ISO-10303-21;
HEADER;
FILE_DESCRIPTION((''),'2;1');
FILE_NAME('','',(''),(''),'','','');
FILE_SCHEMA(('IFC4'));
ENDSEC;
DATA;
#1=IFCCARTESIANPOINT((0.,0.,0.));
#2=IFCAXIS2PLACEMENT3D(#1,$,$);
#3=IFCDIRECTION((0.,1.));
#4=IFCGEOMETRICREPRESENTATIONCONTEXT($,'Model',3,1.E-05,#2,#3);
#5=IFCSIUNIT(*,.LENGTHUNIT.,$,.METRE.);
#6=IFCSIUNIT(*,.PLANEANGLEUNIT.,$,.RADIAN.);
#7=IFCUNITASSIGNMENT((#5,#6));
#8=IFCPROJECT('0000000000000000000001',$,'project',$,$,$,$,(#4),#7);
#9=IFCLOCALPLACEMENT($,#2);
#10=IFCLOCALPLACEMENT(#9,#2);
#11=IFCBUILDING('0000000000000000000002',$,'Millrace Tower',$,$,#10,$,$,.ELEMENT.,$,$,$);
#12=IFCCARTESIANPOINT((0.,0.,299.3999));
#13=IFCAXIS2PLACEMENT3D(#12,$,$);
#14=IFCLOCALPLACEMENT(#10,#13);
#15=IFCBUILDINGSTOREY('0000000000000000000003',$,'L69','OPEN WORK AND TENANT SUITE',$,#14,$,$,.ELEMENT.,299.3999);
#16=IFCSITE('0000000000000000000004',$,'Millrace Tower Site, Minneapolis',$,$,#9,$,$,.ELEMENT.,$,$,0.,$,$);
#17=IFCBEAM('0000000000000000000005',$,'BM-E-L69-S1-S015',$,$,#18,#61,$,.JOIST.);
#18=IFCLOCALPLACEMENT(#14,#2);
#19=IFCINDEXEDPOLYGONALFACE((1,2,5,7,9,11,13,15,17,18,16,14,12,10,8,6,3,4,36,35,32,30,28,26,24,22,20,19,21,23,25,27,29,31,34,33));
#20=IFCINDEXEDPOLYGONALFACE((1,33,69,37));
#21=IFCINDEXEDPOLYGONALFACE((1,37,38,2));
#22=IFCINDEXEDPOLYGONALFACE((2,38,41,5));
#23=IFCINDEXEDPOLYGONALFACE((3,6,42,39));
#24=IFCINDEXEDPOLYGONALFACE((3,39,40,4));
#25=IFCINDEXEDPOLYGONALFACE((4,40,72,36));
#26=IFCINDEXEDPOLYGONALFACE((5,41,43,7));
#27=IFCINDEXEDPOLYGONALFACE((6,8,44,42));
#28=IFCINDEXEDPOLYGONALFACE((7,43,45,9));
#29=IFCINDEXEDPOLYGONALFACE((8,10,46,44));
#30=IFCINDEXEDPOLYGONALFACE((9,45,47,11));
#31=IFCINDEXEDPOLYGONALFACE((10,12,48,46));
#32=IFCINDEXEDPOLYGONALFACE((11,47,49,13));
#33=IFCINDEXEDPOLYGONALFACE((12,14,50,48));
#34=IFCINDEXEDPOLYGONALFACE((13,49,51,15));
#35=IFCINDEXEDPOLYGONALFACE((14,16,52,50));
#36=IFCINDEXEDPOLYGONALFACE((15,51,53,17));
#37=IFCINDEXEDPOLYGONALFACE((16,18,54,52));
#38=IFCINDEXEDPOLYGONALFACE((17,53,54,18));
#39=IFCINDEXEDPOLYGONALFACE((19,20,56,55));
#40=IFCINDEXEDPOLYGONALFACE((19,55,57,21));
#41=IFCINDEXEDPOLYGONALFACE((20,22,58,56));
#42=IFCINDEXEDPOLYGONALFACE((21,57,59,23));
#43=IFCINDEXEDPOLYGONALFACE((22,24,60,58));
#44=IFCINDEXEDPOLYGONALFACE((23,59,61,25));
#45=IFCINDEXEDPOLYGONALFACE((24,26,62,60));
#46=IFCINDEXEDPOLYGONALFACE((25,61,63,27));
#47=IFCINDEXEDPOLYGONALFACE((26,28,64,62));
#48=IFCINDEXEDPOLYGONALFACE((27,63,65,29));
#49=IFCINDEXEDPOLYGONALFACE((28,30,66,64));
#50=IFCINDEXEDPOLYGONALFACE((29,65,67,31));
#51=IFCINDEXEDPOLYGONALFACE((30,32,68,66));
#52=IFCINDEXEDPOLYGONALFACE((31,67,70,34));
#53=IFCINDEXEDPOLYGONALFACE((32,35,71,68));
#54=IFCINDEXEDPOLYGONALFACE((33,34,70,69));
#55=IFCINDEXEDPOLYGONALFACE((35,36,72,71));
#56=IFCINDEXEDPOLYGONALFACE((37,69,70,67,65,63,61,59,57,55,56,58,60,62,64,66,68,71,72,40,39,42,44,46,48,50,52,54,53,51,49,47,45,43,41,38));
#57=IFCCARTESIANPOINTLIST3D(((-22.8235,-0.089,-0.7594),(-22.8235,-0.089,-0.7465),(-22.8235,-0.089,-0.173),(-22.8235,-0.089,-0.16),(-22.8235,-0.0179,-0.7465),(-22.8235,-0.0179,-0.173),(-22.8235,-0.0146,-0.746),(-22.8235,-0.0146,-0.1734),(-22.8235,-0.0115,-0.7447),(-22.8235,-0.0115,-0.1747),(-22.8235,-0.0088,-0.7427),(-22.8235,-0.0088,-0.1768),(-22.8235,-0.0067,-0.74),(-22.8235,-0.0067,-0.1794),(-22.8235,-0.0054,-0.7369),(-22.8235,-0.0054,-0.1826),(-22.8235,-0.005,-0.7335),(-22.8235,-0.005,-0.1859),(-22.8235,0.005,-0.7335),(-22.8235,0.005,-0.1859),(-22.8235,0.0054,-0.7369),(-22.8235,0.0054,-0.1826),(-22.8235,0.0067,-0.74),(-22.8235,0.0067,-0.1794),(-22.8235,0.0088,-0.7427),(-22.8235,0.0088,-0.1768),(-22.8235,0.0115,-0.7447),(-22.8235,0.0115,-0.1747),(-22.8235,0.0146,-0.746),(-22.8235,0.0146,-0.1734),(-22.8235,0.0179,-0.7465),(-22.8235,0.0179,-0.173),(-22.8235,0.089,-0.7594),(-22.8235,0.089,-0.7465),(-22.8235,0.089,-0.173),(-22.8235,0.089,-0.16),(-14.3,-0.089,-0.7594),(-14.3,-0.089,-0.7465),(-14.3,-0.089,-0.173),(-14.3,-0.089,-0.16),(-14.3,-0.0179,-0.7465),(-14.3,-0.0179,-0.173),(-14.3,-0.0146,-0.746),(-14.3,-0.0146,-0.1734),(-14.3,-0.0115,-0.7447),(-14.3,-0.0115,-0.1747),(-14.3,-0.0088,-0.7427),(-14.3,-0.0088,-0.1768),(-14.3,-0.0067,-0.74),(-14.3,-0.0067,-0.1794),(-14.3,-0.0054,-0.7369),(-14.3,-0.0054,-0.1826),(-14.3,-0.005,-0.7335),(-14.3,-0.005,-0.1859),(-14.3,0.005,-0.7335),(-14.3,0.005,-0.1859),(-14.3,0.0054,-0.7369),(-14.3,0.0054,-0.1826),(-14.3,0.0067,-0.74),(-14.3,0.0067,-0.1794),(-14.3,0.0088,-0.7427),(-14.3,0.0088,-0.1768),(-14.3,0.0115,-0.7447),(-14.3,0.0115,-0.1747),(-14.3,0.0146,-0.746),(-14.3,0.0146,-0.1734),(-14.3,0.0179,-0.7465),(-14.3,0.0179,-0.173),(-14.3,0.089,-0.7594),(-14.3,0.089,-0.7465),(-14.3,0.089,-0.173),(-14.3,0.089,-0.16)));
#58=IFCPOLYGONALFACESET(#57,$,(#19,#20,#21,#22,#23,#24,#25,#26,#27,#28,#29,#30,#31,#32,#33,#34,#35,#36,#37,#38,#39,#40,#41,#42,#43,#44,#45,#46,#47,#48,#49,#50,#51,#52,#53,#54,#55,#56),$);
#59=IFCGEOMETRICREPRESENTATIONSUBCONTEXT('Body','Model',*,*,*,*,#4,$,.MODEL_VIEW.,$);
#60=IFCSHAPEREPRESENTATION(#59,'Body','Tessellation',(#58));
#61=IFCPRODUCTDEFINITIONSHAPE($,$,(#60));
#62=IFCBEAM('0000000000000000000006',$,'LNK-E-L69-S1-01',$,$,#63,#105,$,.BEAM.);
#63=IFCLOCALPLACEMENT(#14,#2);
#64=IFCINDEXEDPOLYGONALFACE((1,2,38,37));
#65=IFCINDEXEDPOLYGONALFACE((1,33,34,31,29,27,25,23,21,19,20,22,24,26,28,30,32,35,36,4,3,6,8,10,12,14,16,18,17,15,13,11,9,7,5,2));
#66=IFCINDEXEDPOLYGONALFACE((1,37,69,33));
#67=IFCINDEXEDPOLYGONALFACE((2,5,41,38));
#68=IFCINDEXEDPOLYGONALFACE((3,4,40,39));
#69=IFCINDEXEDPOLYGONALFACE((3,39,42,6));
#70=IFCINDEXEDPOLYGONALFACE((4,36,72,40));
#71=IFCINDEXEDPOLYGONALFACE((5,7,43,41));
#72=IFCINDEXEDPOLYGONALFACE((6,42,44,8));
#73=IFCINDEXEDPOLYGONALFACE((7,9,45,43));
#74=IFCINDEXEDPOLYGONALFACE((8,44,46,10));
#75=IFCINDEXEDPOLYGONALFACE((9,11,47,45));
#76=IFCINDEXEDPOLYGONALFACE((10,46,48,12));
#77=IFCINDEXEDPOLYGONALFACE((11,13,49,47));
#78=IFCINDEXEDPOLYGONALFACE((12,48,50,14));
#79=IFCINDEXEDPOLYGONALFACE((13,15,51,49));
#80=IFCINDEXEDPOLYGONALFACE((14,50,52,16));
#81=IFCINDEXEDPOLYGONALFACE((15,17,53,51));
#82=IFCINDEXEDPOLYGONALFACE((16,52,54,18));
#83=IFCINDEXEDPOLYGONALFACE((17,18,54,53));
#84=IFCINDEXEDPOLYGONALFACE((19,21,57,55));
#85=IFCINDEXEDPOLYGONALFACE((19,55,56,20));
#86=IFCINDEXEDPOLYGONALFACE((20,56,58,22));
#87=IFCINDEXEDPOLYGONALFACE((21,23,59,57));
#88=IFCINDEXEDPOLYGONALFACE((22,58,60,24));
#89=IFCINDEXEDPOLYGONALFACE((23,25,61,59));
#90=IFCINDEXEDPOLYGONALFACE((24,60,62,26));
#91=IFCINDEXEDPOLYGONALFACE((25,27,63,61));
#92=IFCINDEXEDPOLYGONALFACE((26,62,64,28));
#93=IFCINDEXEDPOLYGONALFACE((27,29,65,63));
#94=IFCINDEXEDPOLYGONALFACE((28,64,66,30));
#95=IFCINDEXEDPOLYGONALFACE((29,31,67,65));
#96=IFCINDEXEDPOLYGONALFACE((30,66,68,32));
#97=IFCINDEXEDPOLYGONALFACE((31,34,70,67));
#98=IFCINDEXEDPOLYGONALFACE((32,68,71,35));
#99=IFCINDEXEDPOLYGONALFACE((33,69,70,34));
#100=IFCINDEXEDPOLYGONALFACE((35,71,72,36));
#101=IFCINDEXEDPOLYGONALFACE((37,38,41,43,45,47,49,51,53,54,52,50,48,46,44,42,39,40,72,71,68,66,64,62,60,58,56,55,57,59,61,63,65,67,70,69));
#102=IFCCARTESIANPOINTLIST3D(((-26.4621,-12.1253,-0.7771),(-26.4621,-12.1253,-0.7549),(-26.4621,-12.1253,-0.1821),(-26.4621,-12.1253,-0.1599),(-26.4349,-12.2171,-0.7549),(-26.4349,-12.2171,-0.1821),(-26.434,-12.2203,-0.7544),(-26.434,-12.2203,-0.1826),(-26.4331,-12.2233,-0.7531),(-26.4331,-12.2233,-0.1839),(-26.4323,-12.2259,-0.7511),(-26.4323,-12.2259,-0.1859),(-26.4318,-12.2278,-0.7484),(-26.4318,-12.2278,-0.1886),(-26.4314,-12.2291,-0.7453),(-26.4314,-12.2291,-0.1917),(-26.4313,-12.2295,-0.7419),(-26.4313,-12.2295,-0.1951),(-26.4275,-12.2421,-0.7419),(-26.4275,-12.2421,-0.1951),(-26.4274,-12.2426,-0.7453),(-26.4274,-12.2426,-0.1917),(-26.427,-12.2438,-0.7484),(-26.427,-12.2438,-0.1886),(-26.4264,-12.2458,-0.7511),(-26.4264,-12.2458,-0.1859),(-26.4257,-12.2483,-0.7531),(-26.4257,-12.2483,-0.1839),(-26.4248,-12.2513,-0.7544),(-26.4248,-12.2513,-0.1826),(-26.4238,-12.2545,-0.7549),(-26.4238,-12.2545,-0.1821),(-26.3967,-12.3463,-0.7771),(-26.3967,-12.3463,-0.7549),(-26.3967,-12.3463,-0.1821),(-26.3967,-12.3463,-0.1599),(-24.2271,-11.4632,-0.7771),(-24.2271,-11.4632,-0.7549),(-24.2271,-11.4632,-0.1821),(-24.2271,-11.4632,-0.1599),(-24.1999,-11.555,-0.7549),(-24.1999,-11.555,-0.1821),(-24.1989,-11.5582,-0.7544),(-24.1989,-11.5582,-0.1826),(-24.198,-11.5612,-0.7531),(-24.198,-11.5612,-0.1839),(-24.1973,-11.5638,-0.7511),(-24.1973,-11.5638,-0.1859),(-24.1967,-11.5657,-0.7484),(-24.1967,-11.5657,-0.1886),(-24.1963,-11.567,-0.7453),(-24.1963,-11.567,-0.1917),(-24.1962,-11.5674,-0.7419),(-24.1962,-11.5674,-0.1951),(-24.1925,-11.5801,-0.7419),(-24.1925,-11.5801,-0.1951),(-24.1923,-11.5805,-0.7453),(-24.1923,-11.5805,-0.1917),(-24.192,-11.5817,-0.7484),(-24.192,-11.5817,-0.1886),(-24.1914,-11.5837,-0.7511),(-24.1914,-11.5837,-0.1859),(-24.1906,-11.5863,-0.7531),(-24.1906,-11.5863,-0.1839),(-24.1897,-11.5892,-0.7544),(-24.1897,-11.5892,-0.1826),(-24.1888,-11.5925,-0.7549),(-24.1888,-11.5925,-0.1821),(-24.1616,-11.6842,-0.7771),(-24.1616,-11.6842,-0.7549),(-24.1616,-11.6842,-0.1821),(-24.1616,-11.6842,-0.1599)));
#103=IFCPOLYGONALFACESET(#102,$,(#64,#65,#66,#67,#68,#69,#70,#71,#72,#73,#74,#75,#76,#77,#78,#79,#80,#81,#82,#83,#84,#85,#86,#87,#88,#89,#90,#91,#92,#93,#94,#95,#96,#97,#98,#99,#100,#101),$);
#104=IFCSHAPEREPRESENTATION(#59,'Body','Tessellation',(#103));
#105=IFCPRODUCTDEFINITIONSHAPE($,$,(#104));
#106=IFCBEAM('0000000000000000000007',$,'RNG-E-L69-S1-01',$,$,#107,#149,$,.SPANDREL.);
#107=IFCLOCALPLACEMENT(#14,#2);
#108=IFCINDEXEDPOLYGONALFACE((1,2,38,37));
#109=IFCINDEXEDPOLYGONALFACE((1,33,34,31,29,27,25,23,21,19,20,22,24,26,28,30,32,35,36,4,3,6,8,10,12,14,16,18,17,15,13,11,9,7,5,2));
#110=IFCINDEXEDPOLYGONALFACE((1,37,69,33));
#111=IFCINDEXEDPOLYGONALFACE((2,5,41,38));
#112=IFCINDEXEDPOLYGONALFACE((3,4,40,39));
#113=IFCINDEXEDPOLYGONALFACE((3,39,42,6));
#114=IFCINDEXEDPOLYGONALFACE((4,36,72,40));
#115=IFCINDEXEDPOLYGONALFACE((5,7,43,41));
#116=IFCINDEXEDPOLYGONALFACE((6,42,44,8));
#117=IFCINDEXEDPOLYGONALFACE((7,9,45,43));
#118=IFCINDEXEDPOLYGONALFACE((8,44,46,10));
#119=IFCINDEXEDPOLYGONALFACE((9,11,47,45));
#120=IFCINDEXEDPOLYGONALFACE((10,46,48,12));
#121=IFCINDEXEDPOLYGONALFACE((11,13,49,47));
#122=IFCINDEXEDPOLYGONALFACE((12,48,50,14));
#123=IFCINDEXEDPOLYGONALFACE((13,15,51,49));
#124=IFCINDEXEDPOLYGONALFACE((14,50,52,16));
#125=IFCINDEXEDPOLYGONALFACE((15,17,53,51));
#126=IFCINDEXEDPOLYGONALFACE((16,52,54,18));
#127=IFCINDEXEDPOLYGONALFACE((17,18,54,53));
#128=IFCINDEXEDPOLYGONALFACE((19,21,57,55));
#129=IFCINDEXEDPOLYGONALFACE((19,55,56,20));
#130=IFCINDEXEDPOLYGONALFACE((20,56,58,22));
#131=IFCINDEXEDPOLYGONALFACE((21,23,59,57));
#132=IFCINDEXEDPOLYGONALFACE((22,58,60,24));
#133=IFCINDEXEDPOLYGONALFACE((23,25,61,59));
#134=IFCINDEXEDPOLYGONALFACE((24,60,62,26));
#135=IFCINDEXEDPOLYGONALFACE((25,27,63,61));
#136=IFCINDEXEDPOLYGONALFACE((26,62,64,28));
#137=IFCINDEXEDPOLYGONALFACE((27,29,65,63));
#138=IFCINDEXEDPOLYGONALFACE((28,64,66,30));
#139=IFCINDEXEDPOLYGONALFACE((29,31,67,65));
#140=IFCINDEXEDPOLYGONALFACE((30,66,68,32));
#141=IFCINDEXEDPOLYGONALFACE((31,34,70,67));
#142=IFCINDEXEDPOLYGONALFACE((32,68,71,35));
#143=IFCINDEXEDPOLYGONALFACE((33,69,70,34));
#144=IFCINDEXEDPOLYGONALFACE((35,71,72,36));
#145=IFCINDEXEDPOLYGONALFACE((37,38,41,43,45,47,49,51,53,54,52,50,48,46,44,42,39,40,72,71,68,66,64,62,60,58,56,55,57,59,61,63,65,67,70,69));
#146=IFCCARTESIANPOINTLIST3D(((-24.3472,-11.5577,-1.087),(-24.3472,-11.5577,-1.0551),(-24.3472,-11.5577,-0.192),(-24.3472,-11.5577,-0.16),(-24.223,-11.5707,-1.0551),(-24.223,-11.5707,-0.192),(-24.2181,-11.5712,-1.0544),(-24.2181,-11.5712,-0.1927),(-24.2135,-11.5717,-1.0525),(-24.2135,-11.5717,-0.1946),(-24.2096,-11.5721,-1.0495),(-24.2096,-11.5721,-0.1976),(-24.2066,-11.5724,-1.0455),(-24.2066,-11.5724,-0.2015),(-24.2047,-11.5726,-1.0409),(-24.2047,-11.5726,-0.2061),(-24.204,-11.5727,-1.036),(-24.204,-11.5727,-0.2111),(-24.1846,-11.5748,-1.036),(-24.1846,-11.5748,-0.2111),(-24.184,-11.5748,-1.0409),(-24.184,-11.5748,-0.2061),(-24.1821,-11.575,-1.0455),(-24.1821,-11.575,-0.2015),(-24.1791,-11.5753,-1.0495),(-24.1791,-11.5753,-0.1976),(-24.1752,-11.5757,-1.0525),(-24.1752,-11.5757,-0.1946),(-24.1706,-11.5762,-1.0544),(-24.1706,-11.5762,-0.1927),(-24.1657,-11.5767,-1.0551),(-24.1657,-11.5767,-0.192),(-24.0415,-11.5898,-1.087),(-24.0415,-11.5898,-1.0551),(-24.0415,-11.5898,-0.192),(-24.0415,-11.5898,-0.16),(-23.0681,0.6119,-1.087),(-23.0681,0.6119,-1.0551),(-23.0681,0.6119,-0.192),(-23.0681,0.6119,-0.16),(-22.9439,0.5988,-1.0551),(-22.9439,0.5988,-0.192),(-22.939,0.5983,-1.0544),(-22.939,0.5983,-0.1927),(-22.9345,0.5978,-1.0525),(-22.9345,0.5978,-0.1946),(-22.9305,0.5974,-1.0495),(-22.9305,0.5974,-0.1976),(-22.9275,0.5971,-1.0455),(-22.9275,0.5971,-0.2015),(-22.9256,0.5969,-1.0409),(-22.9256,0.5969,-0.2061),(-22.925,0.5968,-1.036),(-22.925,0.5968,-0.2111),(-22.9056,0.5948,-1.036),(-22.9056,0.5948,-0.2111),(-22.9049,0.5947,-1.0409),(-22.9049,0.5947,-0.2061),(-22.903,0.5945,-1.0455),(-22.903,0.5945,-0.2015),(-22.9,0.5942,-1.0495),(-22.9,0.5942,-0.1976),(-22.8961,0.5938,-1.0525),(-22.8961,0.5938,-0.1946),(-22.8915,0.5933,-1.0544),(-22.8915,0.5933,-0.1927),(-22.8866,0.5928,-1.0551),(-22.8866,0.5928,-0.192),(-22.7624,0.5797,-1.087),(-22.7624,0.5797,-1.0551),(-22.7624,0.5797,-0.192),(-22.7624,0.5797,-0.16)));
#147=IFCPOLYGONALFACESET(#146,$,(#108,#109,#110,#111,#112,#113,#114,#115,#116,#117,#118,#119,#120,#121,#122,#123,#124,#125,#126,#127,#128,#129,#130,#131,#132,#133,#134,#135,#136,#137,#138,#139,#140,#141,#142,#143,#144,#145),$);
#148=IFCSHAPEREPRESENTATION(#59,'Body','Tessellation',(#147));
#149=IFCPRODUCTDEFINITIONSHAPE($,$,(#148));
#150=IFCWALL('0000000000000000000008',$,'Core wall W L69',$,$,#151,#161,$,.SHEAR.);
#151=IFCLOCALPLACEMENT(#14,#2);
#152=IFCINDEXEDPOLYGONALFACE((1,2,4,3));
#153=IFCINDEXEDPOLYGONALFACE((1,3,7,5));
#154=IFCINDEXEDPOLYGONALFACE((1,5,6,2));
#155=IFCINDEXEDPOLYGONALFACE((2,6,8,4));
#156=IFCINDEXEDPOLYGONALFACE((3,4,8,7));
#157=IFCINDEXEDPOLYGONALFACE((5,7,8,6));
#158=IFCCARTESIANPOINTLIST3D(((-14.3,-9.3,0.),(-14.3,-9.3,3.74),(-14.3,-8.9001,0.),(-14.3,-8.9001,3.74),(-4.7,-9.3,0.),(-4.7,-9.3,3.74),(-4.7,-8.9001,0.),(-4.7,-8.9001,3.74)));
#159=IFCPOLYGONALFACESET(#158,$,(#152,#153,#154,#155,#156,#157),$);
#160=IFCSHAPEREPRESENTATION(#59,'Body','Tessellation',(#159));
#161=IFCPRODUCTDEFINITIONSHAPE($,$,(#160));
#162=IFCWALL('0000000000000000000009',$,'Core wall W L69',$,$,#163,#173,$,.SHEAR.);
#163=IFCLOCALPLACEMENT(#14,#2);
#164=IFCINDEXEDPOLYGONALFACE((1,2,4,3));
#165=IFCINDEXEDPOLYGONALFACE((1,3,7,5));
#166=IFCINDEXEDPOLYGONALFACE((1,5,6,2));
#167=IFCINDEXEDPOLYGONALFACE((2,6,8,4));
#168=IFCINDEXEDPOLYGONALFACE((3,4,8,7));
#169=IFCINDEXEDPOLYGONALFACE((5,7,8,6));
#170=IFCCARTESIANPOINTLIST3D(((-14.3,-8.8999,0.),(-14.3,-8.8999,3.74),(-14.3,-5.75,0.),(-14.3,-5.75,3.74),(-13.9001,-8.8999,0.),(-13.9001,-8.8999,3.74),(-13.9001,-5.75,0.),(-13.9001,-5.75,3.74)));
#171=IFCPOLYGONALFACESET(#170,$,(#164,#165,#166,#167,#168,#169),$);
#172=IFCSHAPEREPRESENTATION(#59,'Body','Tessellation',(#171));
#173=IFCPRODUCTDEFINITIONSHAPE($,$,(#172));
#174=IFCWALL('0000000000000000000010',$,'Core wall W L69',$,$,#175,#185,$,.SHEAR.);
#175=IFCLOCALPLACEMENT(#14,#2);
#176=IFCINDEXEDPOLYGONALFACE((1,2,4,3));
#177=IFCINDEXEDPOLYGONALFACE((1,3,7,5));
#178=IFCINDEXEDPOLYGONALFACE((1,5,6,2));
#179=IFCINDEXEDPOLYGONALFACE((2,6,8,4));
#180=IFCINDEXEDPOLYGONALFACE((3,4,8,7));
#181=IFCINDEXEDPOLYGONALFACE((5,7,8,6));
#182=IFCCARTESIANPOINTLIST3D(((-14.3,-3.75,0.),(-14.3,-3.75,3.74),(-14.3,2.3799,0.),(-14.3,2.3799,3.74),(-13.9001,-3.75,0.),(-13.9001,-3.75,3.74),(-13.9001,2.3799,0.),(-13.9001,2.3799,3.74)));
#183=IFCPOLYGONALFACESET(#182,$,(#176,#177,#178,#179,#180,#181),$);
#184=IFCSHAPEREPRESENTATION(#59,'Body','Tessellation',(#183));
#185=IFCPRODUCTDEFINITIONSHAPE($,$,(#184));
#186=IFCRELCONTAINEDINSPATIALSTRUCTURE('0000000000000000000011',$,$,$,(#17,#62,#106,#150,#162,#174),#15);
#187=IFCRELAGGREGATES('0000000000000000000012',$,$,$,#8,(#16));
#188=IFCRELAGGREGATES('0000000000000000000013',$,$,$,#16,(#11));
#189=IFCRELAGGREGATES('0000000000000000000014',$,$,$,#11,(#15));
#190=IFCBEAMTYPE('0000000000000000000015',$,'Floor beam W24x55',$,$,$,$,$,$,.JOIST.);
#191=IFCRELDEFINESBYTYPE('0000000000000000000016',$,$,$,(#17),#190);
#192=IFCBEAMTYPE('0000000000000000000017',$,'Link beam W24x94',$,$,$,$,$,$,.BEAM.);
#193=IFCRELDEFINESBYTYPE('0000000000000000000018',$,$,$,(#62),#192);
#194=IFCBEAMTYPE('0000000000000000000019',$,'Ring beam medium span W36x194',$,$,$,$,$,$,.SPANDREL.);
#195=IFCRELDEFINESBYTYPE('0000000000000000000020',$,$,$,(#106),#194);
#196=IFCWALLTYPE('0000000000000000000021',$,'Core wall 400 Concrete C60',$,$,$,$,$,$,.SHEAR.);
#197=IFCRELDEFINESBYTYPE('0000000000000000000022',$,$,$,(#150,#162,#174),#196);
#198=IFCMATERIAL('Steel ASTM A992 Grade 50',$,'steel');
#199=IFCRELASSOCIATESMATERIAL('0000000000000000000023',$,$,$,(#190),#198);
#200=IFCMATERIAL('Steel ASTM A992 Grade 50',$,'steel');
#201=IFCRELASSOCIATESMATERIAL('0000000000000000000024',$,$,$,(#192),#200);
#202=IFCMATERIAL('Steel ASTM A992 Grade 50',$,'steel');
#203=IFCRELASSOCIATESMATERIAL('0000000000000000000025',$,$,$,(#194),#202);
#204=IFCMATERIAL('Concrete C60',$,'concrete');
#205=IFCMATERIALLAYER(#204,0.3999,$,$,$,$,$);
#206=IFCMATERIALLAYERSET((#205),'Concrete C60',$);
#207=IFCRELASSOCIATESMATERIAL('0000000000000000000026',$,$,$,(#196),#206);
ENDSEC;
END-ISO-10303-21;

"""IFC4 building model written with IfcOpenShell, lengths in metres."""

from ifc_helpers import new_model, si_unit, direction, frame, frame_2d, origin, origin_2d, place, context, subcontext, project, spatial, rectangle, i_section, extrude, material, layer, layer_set, material_profile, profile_set, type_object, element, save


model = new_model("IFC4")

# Units and contexts
model_context = context("Model", 3, precision=1e-05, world=origin(), true_north=direction((0.0, 1.0)))
body_context = subcontext(model_context, "Body", "Model", "MODEL_VIEW")
ifc_project = project(units=[si_unit("LENGTHUNIT", "METRE"), si_unit("PLANEANGLEUNIT", "RADIAN")], contexts=[model_context])

# Site, building, storey
site_placement = place(None, origin())
site = spatial("IfcSite", under=ifc_project, at=site_placement, Name="Millrace Tower Site, Minneapolis", CompositionType="ELEMENT", RefElevation=0.0)
building_placement = place(site_placement, origin())
building = spatial("IfcBuilding", under=site, at=building_placement, Name="Millrace Tower", CompositionType="ELEMENT")
storey_placement = place(building_placement, frame((0.0, 0.0, 299.3999)))
storey = spatial("IfcBuildingStorey", under=building, at=storey_placement, Name="L69", Description="OPEN WORK AND TENANT SUITE", CompositionType="ELEMENT", Elevation=299.3999)

# Beams
ifc_material_1 = material(Name="Steel ASTM A992 Grade 50", Category="steel")
ifc_material_profile_1 = material_profile(ifc_material_1, i_section(OverallWidth=0.178, OverallDepth=0.5994, WebThickness=0.01, FlangeThickness=0.0129, FilletRadius=0.0129, at=origin_2d()))
ifc_profile_set_1 = profile_set([ifc_material_profile_1], Name="Steel ASTM A992 Grade 50")
beam_type_1 = type_object("IfcBeamType", Name="Floor beam W24x55", PredefinedType="JOIST", material=ifc_profile_set_1)
beam_1_placement = place(storey_placement, frame((-22.8235, 0.0, -0.4597), z_axis=(1.0, 0.0, 0.0), x_axis=(0.0, 1.0, 0.0)))
element("IfcBeam", 1, at=beam_1_placement, inside=storey, type_object=beam_type_1, Name="BM-E-L69-S1-S015", PredefinedType="JOIST", context=body_context, shape_type="SweptSolid", body=[
    extrude(i_section(OverallWidth=0.178, OverallDepth=0.5994, WebThickness=0.01, FlangeThickness=0.0129, FilletRadius=0.0129, at=origin_2d()), origin(), (0.0, 0.0, 1.0), 8.5234),
])
ifc_material_2 = material(Name="Steel ASTM A992 Grade 50", Category="steel")
ifc_material_profile_2 = material_profile(ifc_material_2, i_section(OverallWidth=0.2305, OverallDepth=0.6172, WebThickness=0.0132, FlangeThickness=0.0222, FilletRadius=0.0129, at=origin_2d()))
ifc_profile_set_2 = profile_set([ifc_material_profile_2], Name="Steel ASTM A992 Grade 50")
beam_type_2 = type_object("IfcBeamType", Name="Link beam W24x94", PredefinedType="BEAM", material=ifc_profile_set_2)
beam_2_placement = place(storey_placement, frame((-24.1943, -11.5737, -0.4685), z_axis=(-0.958815, -0.284031, 0.0), x_axis=(0.284031, -0.958815, 0.0)))
element("IfcBeam", 2, at=beam_2_placement, inside=storey, type_object=beam_type_2, Name="LNK-E-L69-S1-01", PredefinedType="BEAM", context=body_context, shape_type="SweptSolid", body=[
    extrude(i_section(OverallWidth=0.2305, OverallDepth=0.6172, WebThickness=0.0132, FlangeThickness=0.0222, FilletRadius=0.0129, at=origin_2d()), origin(), (0.0, 0.0, 1.0), 2.3311),
])
ifc_material_3 = material(Name="Steel ASTM A992 Grade 50", Category="steel")
ifc_material_profile_3 = material_profile(ifc_material_3, i_section(OverallWidth=0.3074, OverallDepth=0.927, WebThickness=0.0195, FlangeThickness=0.032, FilletRadius=0.019, at=origin_2d()))
ifc_profile_set_3 = profile_set([ifc_material_profile_3], Name="Steel ASTM A992 Grade 50")
beam_type_3 = type_object("IfcBeamType", Name="Ring beam medium span W36x194", PredefinedType="SPANDREL", material=ifc_profile_set_3)
beam_3_placement = place(storey_placement, frame((-24.1943, -11.5737, -0.6235), z_axis=(0.104528, 0.994522, 0.0), x_axis=(-0.994522, 0.104528, 0.0)))
element("IfcBeam", 3, at=beam_3_placement, inside=storey, type_object=beam_type_3, Name="RNG-E-L69-S1-01", PredefinedType="SPANDREL", context=body_context, shape_type="SweptSolid", body=[
    extrude(i_section(OverallWidth=0.3074, OverallDepth=0.927, WebThickness=0.0195, FlangeThickness=0.032, FilletRadius=0.019, at=origin_2d()), origin(), (0.0, 0.0, 1.0), 12.2366),
])

# Walls
ifc_material_4 = material(Name="Concrete C60", Category="concrete")
ifc_layer_1 = layer(ifc_material_4, 0.3999)
ifc_layer_set_1 = layer_set([ifc_layer_1], Name="Concrete C60")
wall_type_1 = type_object("IfcWallType", Name="Core wall 400 Concrete C60", PredefinedType="SHEAR", material=ifc_layer_set_1)
wall_1_placement = place(storey_placement, frame((-14.3, -9.1001, 0.0), z_axis=(0.0, 0.0, 1.0), x_axis=(1.0, 0.0, 0.0)))
element("IfcWall", 4, at=wall_1_placement, inside=storey, type_object=wall_type_1, Name="Core wall W L69", PredefinedType="SHEAR", context=body_context, shape_type="SweptSolid", body=[
    extrude(rectangle(XDim=9.6001, YDim=0.3999, at=frame_2d((4.8, 0.0))), origin(), (0.0, 0.0, 1.0), 3.74),
])
wall_2_placement = place(storey_placement, frame((-14.1001, -8.8999, 0.0), z_axis=(0.0, 0.0, 1.0), x_axis=(0.0, 1.0, 0.0)))
element("IfcWall", 5, at=wall_2_placement, inside=storey, type_object=wall_type_1, Name="Core wall W L69", PredefinedType="SHEAR", context=body_context, shape_type="SweptSolid", body=[
    extrude(rectangle(XDim=3.1499, YDim=0.3999, at=frame_2d((1.575, 0.0))), origin(), (0.0, 0.0, 1.0), 3.74),
])
wall_3_placement = place(storey_placement, frame((-14.1001, -3.75, 0.0), z_axis=(0.0, 0.0, 1.0), x_axis=(0.0, 1.0, 0.0)))
element("IfcWall", 6, at=wall_3_placement, inside=storey, type_object=wall_type_1, Name="Core wall W L69", PredefinedType="SHEAR", context=body_context, shape_type="SweptSolid", body=[
    extrude(rectangle(XDim=6.1299, YDim=0.3999, at=frame_2d((3.0649, 0.0))), origin(), (0.0, 0.0, 1.0), 3.74),
])

save(model, "model.ifc")
